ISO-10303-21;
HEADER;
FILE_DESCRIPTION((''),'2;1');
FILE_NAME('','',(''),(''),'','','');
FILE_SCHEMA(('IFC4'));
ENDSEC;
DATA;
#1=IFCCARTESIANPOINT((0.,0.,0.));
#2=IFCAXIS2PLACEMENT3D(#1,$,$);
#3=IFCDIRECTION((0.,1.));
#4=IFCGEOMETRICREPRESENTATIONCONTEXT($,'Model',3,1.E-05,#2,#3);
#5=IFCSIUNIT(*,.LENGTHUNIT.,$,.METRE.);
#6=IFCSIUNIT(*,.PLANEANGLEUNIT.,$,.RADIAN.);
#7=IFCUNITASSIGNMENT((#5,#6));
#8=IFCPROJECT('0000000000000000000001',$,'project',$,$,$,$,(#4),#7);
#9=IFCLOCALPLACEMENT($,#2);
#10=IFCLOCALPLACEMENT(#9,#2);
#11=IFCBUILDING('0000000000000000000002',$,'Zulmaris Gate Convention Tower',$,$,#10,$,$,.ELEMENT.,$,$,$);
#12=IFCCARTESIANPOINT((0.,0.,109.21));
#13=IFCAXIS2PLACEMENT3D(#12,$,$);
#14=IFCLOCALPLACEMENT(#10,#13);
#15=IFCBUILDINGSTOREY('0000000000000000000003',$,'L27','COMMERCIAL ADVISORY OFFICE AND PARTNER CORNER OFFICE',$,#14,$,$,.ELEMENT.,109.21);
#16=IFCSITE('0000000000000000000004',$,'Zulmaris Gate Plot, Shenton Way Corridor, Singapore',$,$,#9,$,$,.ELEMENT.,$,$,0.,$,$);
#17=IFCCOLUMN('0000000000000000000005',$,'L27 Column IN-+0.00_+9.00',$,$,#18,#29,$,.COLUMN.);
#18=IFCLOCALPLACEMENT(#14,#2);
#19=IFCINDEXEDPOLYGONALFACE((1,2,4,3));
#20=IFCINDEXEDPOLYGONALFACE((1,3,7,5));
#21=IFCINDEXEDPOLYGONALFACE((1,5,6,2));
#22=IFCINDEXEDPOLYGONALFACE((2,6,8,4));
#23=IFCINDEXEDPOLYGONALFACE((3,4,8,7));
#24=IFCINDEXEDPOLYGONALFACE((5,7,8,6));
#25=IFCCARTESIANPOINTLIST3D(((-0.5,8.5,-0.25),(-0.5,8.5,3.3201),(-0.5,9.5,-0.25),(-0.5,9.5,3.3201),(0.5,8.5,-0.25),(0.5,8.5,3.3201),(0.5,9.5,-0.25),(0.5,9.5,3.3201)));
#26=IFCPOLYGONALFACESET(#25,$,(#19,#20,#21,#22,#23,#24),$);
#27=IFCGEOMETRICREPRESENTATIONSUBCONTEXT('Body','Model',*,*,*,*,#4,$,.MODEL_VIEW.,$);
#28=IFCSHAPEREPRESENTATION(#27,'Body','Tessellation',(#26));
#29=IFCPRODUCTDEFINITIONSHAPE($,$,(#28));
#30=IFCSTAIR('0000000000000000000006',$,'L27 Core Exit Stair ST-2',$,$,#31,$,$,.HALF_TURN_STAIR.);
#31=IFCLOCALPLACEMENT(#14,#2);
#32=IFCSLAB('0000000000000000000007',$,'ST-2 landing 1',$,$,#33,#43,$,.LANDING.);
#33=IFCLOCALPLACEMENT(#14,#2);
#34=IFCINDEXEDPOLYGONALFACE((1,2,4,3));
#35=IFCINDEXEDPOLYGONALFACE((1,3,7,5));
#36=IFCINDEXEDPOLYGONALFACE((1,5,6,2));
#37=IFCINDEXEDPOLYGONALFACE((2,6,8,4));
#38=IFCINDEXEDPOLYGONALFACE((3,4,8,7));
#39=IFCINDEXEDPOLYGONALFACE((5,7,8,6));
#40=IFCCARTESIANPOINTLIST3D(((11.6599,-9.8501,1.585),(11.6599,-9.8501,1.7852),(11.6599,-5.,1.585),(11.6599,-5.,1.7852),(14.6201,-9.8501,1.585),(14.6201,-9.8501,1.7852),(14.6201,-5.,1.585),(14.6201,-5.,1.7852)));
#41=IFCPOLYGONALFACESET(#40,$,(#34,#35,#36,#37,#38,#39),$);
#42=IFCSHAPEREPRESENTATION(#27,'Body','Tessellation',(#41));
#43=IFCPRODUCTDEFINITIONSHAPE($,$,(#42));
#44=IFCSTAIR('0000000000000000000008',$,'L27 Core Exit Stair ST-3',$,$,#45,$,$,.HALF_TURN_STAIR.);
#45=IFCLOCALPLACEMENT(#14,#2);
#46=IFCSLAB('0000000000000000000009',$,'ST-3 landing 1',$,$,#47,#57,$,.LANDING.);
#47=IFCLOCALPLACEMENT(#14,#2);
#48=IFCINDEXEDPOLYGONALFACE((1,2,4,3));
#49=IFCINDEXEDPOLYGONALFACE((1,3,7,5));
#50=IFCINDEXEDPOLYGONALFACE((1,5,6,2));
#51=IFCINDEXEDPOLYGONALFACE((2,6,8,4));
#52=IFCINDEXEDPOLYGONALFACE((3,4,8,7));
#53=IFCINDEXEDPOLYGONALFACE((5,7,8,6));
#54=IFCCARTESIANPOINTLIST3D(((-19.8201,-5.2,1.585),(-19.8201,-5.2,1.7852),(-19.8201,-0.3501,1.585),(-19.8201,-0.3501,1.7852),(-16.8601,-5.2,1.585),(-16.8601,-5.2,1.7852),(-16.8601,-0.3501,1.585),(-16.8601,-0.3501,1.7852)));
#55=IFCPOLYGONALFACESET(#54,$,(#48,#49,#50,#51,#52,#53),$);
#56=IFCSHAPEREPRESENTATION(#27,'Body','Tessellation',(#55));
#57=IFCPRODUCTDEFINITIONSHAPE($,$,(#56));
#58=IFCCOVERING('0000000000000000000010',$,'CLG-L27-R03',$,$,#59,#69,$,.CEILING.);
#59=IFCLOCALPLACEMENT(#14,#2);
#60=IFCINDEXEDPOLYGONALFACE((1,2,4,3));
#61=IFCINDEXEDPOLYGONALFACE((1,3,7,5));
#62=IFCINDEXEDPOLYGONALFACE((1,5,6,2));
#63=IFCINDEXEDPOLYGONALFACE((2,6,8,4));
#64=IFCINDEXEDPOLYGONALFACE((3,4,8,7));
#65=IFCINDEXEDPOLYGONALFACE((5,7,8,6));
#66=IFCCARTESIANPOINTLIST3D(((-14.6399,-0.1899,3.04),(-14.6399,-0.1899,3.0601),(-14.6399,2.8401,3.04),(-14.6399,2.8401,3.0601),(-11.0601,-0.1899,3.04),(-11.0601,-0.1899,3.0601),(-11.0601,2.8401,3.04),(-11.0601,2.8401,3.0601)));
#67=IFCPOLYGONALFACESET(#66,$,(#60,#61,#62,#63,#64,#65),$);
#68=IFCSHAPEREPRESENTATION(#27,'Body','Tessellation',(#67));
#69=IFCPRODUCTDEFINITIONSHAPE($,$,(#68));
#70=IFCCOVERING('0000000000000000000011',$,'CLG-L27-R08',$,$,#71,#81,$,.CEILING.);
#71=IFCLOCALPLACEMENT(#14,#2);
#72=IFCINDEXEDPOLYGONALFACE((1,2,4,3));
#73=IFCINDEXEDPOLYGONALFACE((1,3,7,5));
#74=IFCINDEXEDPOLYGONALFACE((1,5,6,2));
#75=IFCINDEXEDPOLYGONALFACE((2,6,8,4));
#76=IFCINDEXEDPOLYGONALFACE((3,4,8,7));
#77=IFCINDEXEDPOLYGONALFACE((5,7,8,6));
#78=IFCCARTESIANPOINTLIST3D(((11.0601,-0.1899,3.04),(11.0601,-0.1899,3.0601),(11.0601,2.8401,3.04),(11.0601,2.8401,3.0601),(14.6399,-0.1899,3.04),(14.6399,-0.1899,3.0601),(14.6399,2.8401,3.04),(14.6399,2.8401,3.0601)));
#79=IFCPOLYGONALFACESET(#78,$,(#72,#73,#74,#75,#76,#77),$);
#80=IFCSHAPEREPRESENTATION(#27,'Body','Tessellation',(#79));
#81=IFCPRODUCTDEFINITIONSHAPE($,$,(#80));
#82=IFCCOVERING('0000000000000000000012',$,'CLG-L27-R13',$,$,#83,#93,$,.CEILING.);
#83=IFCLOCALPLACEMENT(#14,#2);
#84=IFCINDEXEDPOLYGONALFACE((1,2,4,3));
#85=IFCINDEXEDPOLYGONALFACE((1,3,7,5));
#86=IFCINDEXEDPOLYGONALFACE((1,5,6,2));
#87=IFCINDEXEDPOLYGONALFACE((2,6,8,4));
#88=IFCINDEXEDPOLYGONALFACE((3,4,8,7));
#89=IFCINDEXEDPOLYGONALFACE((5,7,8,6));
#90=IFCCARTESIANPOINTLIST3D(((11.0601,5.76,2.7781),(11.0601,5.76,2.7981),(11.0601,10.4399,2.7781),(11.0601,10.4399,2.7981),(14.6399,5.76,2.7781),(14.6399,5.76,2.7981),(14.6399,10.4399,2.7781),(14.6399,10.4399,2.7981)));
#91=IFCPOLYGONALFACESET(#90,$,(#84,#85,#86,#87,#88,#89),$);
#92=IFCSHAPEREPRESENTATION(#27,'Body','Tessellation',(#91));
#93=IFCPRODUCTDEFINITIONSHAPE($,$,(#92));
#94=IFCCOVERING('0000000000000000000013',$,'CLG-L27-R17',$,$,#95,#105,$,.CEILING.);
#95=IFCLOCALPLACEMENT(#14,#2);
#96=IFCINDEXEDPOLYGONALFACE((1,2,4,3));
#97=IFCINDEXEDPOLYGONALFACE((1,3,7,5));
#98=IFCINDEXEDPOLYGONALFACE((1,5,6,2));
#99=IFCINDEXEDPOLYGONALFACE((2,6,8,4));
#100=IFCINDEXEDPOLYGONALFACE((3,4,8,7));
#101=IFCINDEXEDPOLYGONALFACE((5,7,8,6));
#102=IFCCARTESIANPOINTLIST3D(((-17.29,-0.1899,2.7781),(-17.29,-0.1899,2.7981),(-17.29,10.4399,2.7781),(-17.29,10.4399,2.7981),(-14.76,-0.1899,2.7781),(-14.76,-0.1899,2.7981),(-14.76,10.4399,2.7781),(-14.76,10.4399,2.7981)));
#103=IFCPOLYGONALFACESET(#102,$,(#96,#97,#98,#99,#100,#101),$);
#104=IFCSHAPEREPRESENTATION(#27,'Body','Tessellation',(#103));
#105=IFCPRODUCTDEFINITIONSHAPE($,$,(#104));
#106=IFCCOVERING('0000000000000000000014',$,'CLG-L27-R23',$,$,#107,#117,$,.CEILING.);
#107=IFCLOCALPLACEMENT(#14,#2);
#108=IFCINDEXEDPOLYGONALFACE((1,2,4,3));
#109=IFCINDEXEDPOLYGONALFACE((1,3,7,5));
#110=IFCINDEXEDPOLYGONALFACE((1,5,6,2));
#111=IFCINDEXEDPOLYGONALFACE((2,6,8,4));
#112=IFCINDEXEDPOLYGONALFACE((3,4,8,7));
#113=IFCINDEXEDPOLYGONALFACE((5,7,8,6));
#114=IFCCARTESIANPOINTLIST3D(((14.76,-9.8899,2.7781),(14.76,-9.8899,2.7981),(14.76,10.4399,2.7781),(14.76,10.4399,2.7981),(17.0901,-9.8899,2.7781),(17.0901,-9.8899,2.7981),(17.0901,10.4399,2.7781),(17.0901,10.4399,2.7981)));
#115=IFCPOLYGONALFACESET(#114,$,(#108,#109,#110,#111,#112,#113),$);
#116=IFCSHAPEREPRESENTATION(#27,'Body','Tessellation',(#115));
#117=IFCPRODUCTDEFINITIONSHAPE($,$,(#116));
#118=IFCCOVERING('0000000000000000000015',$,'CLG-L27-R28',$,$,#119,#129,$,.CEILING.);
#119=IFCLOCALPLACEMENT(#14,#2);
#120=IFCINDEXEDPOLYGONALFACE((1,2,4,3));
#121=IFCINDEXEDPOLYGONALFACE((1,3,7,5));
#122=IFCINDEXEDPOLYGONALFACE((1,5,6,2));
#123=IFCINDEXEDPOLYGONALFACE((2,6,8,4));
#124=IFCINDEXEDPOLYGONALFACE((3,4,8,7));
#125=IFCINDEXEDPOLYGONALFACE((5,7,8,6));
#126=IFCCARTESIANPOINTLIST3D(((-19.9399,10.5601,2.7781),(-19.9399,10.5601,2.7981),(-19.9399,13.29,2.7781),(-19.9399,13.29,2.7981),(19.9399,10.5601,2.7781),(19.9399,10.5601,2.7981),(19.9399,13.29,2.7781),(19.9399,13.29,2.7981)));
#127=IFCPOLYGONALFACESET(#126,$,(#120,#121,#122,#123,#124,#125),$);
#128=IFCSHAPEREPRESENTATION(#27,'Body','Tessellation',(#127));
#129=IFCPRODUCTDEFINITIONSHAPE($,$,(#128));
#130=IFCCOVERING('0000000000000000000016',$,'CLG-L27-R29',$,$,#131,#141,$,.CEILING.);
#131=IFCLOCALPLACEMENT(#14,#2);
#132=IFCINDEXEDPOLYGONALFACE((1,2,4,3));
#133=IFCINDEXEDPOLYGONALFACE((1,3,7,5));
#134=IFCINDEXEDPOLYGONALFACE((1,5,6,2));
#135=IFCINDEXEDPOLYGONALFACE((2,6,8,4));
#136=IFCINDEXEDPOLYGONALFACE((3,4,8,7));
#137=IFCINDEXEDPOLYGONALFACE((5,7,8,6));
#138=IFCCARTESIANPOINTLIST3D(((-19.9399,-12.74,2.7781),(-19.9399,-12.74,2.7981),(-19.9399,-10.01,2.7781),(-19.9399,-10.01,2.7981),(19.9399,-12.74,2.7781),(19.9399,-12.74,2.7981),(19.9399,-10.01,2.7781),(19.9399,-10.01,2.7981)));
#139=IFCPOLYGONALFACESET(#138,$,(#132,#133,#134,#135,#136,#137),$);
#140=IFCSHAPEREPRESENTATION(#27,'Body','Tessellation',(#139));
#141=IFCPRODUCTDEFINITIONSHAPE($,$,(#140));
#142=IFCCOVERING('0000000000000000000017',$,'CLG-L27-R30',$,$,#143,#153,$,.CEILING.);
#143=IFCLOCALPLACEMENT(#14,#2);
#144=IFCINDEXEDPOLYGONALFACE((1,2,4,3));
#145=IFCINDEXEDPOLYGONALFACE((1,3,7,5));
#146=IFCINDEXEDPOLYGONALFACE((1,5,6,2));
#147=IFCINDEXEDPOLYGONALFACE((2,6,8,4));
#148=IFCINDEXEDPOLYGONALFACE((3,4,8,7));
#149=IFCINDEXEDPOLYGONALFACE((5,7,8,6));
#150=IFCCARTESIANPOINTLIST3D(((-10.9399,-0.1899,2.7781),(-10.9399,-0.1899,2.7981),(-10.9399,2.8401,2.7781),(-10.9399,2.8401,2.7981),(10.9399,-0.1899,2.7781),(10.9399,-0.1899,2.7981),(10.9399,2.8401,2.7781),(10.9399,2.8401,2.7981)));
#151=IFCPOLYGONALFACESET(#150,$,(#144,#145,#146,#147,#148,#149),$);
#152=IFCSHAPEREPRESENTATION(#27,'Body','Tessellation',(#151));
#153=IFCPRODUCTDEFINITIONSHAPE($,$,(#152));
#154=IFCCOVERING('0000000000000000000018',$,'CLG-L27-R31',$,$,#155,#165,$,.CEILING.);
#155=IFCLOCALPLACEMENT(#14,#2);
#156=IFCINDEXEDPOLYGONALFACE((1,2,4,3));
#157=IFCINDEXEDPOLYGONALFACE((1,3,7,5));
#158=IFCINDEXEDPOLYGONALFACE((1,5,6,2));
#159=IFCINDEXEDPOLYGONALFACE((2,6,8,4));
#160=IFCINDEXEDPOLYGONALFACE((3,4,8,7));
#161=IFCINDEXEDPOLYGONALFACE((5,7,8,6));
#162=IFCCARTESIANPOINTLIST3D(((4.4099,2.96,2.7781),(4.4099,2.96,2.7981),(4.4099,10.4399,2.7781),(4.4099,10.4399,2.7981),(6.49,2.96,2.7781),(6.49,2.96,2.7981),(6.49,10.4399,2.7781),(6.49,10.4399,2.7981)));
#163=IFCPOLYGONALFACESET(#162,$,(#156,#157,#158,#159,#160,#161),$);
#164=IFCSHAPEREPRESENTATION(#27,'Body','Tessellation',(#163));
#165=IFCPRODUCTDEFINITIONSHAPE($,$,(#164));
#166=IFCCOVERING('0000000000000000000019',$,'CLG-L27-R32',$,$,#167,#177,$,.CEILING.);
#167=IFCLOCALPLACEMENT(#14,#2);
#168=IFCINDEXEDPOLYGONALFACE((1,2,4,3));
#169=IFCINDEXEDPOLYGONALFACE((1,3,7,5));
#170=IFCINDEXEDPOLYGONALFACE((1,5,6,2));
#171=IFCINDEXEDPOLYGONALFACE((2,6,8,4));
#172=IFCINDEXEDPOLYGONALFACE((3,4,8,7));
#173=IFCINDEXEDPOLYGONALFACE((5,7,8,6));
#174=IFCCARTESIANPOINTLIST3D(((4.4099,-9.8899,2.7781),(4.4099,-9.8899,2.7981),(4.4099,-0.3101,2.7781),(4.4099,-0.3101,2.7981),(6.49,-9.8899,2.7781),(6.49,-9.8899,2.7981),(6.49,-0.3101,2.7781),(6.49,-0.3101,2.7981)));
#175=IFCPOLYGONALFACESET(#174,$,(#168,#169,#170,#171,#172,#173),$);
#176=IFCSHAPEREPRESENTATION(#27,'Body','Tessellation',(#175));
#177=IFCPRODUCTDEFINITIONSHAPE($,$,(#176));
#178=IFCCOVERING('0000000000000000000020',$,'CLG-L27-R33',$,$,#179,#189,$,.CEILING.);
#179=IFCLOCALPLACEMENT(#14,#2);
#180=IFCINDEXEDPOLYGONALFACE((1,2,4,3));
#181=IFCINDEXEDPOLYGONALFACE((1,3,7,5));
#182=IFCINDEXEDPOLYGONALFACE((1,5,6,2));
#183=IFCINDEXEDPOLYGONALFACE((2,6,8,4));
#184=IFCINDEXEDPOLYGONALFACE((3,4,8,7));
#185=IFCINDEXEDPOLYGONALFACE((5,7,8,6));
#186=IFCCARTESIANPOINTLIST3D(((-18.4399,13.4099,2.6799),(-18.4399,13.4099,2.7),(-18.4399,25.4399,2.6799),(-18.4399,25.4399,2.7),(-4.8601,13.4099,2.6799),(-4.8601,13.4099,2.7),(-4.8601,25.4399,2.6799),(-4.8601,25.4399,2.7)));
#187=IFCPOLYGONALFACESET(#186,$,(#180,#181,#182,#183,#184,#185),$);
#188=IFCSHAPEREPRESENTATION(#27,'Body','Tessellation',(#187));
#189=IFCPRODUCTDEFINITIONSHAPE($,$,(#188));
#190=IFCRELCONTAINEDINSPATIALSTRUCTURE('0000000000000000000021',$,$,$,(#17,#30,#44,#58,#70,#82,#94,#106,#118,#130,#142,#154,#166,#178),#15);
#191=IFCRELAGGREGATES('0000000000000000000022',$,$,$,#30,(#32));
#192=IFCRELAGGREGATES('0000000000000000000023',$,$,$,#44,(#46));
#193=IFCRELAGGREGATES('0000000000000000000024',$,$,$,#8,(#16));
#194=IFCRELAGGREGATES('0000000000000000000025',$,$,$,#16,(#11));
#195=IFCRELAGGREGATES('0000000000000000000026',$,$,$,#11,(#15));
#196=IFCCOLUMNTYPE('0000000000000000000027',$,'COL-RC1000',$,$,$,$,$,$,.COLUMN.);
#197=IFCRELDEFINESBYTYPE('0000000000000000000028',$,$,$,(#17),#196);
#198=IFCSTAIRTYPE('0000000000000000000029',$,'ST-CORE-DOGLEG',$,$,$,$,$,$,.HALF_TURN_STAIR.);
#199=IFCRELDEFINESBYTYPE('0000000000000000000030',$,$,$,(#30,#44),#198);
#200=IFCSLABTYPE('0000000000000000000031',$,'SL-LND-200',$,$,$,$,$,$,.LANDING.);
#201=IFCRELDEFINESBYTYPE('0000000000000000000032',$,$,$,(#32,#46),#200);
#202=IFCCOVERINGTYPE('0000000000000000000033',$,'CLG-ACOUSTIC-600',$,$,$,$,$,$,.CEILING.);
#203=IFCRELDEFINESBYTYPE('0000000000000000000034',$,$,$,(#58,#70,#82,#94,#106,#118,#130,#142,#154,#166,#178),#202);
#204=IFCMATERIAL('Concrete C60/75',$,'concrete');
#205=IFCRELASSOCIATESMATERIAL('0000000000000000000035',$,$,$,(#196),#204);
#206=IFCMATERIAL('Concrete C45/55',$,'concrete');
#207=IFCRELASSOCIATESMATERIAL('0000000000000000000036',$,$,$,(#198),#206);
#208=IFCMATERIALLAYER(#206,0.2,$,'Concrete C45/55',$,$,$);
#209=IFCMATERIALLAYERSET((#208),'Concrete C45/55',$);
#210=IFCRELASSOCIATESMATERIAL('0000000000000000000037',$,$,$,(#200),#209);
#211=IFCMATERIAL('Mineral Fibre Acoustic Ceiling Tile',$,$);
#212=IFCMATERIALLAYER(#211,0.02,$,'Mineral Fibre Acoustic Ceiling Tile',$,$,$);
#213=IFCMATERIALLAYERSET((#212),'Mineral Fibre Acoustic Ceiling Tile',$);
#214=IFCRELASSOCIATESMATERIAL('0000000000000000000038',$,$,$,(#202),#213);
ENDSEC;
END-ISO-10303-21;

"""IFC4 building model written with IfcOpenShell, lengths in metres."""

from ifc_helpers import new_model, si_unit, direction, frame, origin, origin_2d, place, context, subcontext, project, spatial, polyline, rectangle, outline, extrude, material, layer, layer_set, material_profile, profile_set, type_object, element, aggregate, save


model = new_model("IFC4")

# Units and contexts
model_context = context("Model", 3, precision=1e-05, world=origin(), true_north=direction((0.0, 1.0)))
body_context = subcontext(model_context, "Body", "Model", "MODEL_VIEW")
ifc_project = project(units=[si_unit("LENGTHUNIT", "METRE"), si_unit("PLANEANGLEUNIT", "RADIAN")], contexts=[model_context])

# Site, building, storey
site_placement = place(None, origin())
site = spatial("IfcSite", under=ifc_project, at=site_placement, Name="Zulmaris Gate Plot, Shenton Way Corridor, Singapore", CompositionType="ELEMENT", RefElevation=0.0)
building_placement = place(site_placement, origin())
building = spatial("IfcBuilding", under=site, at=building_placement, Name="Zulmaris Gate Convention Tower", CompositionType="ELEMENT")
storey_placement = place(building_placement, frame((0.0, 0.0, 109.21)))
storey = spatial("IfcBuildingStorey", under=building, at=storey_placement, Name="L27", Description="COMMERCIAL ADVISORY OFFICE AND PARTNER CORNER OFFICE", CompositionType="ELEMENT", Elevation=109.21)

# Column
ifc_material_1 = material(Name="Concrete C60/75", Category="concrete")
ifc_material_profile = material_profile(ifc_material_1, rectangle(XDim=1.0, YDim=1.0, at=origin_2d()), Name="RC COL 1000x1000")
ifc_profile_set = profile_set([ifc_material_profile], Name="Concrete C60/75")
column_type = type_object("IfcColumnType", Name="COL-RC1000", PredefinedType="COLUMN", material=ifc_profile_set)
column_placement = place(storey_placement, frame((0.0, 9.0, -0.25), z_axis=(0.0, 0.0, 1.0), x_axis=(1.0, 0.0, 0.0)))
element("IfcColumn", 1, at=column_placement, inside=storey, type_object=column_type, Name="L27 Column IN-+0.00_+9.00", PredefinedType="COLUMN", context=body_context, shape_type="SweptSolid", body=[
    extrude(rectangle(XDim=1.0, YDim=1.0, at=origin_2d()), origin(), (0.0, 0.0, 1.0), 3.5701),
])

# Stairs, slabs
ifc_material_2 = material(Name="Concrete C45/55", Category="concrete")
stair_type = type_object("IfcStairType", Name="ST-CORE-DOGLEG", PredefinedType="HALF_TURN_STAIR", material=ifc_material_2)
stair_1_placement = place(storey_placement, origin())
stair_1 = element("IfcStair", 2, at=stair_1_placement, inside=storey, type_object=stair_type, Name="L27 Core Exit Stair ST-2", PredefinedType="HALF_TURN_STAIR")
ifc_layer_1 = layer(ifc_material_2, 0.2, Name="Concrete C45/55")
ifc_layer_set_1 = layer_set([ifc_layer_1], Name="Concrete C45/55")
slab_type = type_object("IfcSlabType", Name="SL-LND-200", PredefinedType="LANDING", material=ifc_layer_set_1)
slab_1_placement = place(storey_placement, frame((0.0, 0.0, 1.585)))
slab_1 = element("IfcSlab", 3, at=slab_1_placement, type_object=slab_type, Name="ST-2 landing 1", PredefinedType="LANDING", context=body_context, shape_type="SweptSolid", body=[
    extrude(outline(polyline([(11.6599, -5.0), (11.6599, -9.8501), (14.6201, -9.8501), (14.6201, -5.0), (11.6599, -5.0)])), origin(), (0.0, 0.0, 1.0), 0.2002),
])
aggregate(stair_1, [slab_1])
stair_2_placement = place(storey_placement, origin())
stair_2 = element("IfcStair", 4, at=stair_2_placement, inside=storey, type_object=stair_type, Name="L27 Core Exit Stair ST-3", PredefinedType="HALF_TURN_STAIR")
slab_2_placement = place(storey_placement, frame((0.0, 0.0, 1.585)))
slab_2 = element("IfcSlab", 5, at=slab_2_placement, type_object=slab_type, Name="ST-3 landing 1", PredefinedType="LANDING", context=body_context, shape_type="SweptSolid", body=[
    extrude(outline(polyline([(-16.8601, -5.2), (-16.8601, -0.3501), (-19.8201, -0.3501), (-19.8201, -5.2), (-16.8601, -5.2)])), origin(), (0.0, 0.0, 1.0), 0.2002),
])
aggregate(stair_2, [slab_2])

# Coverings
ifc_material_3 = material(Name="Mineral Fibre Acoustic Ceiling Tile")
ifc_layer_2 = layer(ifc_material_3, 0.02, Name="Mineral Fibre Acoustic Ceiling Tile")
ifc_layer_set_2 = layer_set([ifc_layer_2], Name="Mineral Fibre Acoustic Ceiling Tile")
covering_type_1 = type_object("IfcCoveringType", Name="CLG-ACOUSTIC-600", PredefinedType="CEILING", material=ifc_layer_set_2)
covering_1_placement = place(storey_placement, frame((0.0, 0.0, 3.04)))
element("IfcCovering", 6, at=covering_1_placement, inside=storey, type_object=covering_type_1, Name="CLG-L27-R03", PredefinedType="CEILING", context=body_context, shape_type="SweptSolid", body=[
    extrude(outline(polyline([(-14.6399, -0.1899), (-11.0601, -0.1899), (-11.0601, 2.8401), (-14.6399, 2.8401), (-14.6399, -0.1899)])), origin(), (0.0, 0.0, 1.0), 0.02),
])
covering_2_placement = place(storey_placement, frame((0.0, 0.0, 3.04)))
element("IfcCovering", 7, at=covering_2_placement, inside=storey, type_object=covering_type_1, Name="CLG-L27-R08", PredefinedType="CEILING", context=body_context, shape_type="SweptSolid", body=[
    extrude(outline(polyline([(11.0601, -0.1899), (14.6399, -0.1899), (14.6399, 2.8401), (11.0601, 2.8401), (11.0601, -0.1899)])), origin(), (0.0, 0.0, 1.0), 0.02),
])
covering_3_placement = place(storey_placement, frame((0.0, 0.0, 2.7781)))
element("IfcCovering", 8, at=covering_3_placement, inside=storey, type_object=covering_type_1, Name="CLG-L27-R13", PredefinedType="CEILING", context=body_context, shape_type="SweptSolid", body=[
    extrude(outline(polyline([(11.0601, 5.76), (14.6399, 5.76), (14.6399, 10.4399), (11.0601, 10.4399), (11.0601, 5.76)])), origin(), (0.0, 0.0, 1.0), 0.02),
])
covering_4_placement = place(storey_placement, frame((0.0, 0.0, 2.7781)))
element("IfcCovering", 9, at=covering_4_placement, inside=storey, type_object=covering_type_1, Name="CLG-L27-R17", PredefinedType="CEILING", context=body_context, shape_type="SweptSolid", body=[
    extrude(outline(polyline([(-17.29, -0.1899), (-14.76, -0.1899), (-14.76, 10.4399), (-17.29, 10.4399), (-17.29, -0.1899)])), origin(), (0.0, 0.0, 1.0), 0.02),
])
covering_5_placement = place(storey_placement, frame((0.0, 0.0, 2.7781)))
element("IfcCovering", 10, at=covering_5_placement, inside=storey, type_object=covering_type_1, Name="CLG-L27-R23", PredefinedType="CEILING", context=body_context, shape_type="SweptSolid", body=[
    extrude(outline(polyline([(14.76, -9.8899), (17.0901, -9.8899), (17.0901, 10.4399), (14.76, 10.4399), (14.76, -9.8899)])), origin(), (0.0, 0.0, 1.0), 0.02),
])
covering_6_placement = place(storey_placement, frame((0.0, 0.0, 2.7781)))
element("IfcCovering", 11, at=covering_6_placement, inside=storey, type_object=covering_type_1, Name="CLG-L27-R28", PredefinedType="CEILING", context=body_context, shape_type="SweptSolid", body=[
    extrude(outline(polyline([(-19.9399, 10.5601), (19.9399, 10.5601), (19.9399, 13.29), (-19.9399, 13.29), (-19.9399, 10.5601)])), origin(), (0.0, 0.0, 1.0), 0.02),
])
covering_7_placement = place(storey_placement, frame((0.0, 0.0, 2.7781)))
element("IfcCovering", 12, at=covering_7_placement, inside=storey, type_object=covering_type_1, Name="CLG-L27-R29", PredefinedType="CEILING", context=body_context, shape_type="SweptSolid", body=[
    extrude(outline(polyline([(-19.9399, -12.74), (19.9399, -12.74), (19.9399, -10.01), (-19.9399, -10.01), (-19.9399, -12.74)])), origin(), (0.0, 0.0, 1.0), 0.02),
])
covering_8_placement = place(storey_placement, frame((0.0, 0.0, 2.7781)))
element("IfcCovering", 13, at=covering_8_placement, inside=storey, type_object=covering_type_1, Name="CLG-L27-R30", PredefinedType="CEILING", context=body_context, shape_type="SweptSolid", body=[
    extrude(outline(polyline([(-10.9399, -0.1899), (10.9399, -0.1899), (10.9399, 2.8401), (-10.9399, 2.8401), (-10.9399, -0.1899)])), origin(), (0.0, 0.0, 1.0), 0.02),
])
covering_9_placement = place(storey_placement, frame((0.0, 0.0, 2.7781)))
element("IfcCovering", 14, at=covering_9_placement, inside=storey, type_object=covering_type_1, Name="CLG-L27-R31", PredefinedType="CEILING", context=body_context, shape_type="SweptSolid", body=[
    extrude(outline(polyline([(4.4099, 2.96), (6.49, 2.96), (6.49, 10.4399), (4.4099, 10.4399), (4.4099, 2.96)])), origin(), (0.0, 0.0, 1.0), 0.02),
])
covering_10_placement = place(storey_placement, frame((0.0, 0.0, 2.7781)))
element("IfcCovering", 15, at=covering_10_placement, inside=storey, type_object=covering_type_1, Name="CLG-L27-R32", PredefinedType="CEILING", context=body_context, shape_type="SweptSolid", body=[
    extrude(outline(polyline([(4.4099, -9.8899), (6.49, -9.8899), (6.49, -0.3101), (4.4099, -0.3101), (4.4099, -9.8899)])), origin(), (0.0, 0.0, 1.0), 0.02),
])
covering_11_placement = place(storey_placement, frame((0.0, 0.0, 2.6799)))
element("IfcCovering", 16, at=covering_11_placement, inside=storey, type_object=covering_type_1, Name="CLG-L27-R33", PredefinedType="CEILING", context=body_context, shape_type="SweptSolid", body=[
    extrude(outline(polyline([(-18.4399, 13.4099), (-4.8601, 13.4099), (-4.8601, 25.4399), (-18.4399, 25.4399), (-18.4399, 13.4099)])), origin(), (0.0, 0.0, 1.0), 0.02),
])

save(model, "model.ifc")
